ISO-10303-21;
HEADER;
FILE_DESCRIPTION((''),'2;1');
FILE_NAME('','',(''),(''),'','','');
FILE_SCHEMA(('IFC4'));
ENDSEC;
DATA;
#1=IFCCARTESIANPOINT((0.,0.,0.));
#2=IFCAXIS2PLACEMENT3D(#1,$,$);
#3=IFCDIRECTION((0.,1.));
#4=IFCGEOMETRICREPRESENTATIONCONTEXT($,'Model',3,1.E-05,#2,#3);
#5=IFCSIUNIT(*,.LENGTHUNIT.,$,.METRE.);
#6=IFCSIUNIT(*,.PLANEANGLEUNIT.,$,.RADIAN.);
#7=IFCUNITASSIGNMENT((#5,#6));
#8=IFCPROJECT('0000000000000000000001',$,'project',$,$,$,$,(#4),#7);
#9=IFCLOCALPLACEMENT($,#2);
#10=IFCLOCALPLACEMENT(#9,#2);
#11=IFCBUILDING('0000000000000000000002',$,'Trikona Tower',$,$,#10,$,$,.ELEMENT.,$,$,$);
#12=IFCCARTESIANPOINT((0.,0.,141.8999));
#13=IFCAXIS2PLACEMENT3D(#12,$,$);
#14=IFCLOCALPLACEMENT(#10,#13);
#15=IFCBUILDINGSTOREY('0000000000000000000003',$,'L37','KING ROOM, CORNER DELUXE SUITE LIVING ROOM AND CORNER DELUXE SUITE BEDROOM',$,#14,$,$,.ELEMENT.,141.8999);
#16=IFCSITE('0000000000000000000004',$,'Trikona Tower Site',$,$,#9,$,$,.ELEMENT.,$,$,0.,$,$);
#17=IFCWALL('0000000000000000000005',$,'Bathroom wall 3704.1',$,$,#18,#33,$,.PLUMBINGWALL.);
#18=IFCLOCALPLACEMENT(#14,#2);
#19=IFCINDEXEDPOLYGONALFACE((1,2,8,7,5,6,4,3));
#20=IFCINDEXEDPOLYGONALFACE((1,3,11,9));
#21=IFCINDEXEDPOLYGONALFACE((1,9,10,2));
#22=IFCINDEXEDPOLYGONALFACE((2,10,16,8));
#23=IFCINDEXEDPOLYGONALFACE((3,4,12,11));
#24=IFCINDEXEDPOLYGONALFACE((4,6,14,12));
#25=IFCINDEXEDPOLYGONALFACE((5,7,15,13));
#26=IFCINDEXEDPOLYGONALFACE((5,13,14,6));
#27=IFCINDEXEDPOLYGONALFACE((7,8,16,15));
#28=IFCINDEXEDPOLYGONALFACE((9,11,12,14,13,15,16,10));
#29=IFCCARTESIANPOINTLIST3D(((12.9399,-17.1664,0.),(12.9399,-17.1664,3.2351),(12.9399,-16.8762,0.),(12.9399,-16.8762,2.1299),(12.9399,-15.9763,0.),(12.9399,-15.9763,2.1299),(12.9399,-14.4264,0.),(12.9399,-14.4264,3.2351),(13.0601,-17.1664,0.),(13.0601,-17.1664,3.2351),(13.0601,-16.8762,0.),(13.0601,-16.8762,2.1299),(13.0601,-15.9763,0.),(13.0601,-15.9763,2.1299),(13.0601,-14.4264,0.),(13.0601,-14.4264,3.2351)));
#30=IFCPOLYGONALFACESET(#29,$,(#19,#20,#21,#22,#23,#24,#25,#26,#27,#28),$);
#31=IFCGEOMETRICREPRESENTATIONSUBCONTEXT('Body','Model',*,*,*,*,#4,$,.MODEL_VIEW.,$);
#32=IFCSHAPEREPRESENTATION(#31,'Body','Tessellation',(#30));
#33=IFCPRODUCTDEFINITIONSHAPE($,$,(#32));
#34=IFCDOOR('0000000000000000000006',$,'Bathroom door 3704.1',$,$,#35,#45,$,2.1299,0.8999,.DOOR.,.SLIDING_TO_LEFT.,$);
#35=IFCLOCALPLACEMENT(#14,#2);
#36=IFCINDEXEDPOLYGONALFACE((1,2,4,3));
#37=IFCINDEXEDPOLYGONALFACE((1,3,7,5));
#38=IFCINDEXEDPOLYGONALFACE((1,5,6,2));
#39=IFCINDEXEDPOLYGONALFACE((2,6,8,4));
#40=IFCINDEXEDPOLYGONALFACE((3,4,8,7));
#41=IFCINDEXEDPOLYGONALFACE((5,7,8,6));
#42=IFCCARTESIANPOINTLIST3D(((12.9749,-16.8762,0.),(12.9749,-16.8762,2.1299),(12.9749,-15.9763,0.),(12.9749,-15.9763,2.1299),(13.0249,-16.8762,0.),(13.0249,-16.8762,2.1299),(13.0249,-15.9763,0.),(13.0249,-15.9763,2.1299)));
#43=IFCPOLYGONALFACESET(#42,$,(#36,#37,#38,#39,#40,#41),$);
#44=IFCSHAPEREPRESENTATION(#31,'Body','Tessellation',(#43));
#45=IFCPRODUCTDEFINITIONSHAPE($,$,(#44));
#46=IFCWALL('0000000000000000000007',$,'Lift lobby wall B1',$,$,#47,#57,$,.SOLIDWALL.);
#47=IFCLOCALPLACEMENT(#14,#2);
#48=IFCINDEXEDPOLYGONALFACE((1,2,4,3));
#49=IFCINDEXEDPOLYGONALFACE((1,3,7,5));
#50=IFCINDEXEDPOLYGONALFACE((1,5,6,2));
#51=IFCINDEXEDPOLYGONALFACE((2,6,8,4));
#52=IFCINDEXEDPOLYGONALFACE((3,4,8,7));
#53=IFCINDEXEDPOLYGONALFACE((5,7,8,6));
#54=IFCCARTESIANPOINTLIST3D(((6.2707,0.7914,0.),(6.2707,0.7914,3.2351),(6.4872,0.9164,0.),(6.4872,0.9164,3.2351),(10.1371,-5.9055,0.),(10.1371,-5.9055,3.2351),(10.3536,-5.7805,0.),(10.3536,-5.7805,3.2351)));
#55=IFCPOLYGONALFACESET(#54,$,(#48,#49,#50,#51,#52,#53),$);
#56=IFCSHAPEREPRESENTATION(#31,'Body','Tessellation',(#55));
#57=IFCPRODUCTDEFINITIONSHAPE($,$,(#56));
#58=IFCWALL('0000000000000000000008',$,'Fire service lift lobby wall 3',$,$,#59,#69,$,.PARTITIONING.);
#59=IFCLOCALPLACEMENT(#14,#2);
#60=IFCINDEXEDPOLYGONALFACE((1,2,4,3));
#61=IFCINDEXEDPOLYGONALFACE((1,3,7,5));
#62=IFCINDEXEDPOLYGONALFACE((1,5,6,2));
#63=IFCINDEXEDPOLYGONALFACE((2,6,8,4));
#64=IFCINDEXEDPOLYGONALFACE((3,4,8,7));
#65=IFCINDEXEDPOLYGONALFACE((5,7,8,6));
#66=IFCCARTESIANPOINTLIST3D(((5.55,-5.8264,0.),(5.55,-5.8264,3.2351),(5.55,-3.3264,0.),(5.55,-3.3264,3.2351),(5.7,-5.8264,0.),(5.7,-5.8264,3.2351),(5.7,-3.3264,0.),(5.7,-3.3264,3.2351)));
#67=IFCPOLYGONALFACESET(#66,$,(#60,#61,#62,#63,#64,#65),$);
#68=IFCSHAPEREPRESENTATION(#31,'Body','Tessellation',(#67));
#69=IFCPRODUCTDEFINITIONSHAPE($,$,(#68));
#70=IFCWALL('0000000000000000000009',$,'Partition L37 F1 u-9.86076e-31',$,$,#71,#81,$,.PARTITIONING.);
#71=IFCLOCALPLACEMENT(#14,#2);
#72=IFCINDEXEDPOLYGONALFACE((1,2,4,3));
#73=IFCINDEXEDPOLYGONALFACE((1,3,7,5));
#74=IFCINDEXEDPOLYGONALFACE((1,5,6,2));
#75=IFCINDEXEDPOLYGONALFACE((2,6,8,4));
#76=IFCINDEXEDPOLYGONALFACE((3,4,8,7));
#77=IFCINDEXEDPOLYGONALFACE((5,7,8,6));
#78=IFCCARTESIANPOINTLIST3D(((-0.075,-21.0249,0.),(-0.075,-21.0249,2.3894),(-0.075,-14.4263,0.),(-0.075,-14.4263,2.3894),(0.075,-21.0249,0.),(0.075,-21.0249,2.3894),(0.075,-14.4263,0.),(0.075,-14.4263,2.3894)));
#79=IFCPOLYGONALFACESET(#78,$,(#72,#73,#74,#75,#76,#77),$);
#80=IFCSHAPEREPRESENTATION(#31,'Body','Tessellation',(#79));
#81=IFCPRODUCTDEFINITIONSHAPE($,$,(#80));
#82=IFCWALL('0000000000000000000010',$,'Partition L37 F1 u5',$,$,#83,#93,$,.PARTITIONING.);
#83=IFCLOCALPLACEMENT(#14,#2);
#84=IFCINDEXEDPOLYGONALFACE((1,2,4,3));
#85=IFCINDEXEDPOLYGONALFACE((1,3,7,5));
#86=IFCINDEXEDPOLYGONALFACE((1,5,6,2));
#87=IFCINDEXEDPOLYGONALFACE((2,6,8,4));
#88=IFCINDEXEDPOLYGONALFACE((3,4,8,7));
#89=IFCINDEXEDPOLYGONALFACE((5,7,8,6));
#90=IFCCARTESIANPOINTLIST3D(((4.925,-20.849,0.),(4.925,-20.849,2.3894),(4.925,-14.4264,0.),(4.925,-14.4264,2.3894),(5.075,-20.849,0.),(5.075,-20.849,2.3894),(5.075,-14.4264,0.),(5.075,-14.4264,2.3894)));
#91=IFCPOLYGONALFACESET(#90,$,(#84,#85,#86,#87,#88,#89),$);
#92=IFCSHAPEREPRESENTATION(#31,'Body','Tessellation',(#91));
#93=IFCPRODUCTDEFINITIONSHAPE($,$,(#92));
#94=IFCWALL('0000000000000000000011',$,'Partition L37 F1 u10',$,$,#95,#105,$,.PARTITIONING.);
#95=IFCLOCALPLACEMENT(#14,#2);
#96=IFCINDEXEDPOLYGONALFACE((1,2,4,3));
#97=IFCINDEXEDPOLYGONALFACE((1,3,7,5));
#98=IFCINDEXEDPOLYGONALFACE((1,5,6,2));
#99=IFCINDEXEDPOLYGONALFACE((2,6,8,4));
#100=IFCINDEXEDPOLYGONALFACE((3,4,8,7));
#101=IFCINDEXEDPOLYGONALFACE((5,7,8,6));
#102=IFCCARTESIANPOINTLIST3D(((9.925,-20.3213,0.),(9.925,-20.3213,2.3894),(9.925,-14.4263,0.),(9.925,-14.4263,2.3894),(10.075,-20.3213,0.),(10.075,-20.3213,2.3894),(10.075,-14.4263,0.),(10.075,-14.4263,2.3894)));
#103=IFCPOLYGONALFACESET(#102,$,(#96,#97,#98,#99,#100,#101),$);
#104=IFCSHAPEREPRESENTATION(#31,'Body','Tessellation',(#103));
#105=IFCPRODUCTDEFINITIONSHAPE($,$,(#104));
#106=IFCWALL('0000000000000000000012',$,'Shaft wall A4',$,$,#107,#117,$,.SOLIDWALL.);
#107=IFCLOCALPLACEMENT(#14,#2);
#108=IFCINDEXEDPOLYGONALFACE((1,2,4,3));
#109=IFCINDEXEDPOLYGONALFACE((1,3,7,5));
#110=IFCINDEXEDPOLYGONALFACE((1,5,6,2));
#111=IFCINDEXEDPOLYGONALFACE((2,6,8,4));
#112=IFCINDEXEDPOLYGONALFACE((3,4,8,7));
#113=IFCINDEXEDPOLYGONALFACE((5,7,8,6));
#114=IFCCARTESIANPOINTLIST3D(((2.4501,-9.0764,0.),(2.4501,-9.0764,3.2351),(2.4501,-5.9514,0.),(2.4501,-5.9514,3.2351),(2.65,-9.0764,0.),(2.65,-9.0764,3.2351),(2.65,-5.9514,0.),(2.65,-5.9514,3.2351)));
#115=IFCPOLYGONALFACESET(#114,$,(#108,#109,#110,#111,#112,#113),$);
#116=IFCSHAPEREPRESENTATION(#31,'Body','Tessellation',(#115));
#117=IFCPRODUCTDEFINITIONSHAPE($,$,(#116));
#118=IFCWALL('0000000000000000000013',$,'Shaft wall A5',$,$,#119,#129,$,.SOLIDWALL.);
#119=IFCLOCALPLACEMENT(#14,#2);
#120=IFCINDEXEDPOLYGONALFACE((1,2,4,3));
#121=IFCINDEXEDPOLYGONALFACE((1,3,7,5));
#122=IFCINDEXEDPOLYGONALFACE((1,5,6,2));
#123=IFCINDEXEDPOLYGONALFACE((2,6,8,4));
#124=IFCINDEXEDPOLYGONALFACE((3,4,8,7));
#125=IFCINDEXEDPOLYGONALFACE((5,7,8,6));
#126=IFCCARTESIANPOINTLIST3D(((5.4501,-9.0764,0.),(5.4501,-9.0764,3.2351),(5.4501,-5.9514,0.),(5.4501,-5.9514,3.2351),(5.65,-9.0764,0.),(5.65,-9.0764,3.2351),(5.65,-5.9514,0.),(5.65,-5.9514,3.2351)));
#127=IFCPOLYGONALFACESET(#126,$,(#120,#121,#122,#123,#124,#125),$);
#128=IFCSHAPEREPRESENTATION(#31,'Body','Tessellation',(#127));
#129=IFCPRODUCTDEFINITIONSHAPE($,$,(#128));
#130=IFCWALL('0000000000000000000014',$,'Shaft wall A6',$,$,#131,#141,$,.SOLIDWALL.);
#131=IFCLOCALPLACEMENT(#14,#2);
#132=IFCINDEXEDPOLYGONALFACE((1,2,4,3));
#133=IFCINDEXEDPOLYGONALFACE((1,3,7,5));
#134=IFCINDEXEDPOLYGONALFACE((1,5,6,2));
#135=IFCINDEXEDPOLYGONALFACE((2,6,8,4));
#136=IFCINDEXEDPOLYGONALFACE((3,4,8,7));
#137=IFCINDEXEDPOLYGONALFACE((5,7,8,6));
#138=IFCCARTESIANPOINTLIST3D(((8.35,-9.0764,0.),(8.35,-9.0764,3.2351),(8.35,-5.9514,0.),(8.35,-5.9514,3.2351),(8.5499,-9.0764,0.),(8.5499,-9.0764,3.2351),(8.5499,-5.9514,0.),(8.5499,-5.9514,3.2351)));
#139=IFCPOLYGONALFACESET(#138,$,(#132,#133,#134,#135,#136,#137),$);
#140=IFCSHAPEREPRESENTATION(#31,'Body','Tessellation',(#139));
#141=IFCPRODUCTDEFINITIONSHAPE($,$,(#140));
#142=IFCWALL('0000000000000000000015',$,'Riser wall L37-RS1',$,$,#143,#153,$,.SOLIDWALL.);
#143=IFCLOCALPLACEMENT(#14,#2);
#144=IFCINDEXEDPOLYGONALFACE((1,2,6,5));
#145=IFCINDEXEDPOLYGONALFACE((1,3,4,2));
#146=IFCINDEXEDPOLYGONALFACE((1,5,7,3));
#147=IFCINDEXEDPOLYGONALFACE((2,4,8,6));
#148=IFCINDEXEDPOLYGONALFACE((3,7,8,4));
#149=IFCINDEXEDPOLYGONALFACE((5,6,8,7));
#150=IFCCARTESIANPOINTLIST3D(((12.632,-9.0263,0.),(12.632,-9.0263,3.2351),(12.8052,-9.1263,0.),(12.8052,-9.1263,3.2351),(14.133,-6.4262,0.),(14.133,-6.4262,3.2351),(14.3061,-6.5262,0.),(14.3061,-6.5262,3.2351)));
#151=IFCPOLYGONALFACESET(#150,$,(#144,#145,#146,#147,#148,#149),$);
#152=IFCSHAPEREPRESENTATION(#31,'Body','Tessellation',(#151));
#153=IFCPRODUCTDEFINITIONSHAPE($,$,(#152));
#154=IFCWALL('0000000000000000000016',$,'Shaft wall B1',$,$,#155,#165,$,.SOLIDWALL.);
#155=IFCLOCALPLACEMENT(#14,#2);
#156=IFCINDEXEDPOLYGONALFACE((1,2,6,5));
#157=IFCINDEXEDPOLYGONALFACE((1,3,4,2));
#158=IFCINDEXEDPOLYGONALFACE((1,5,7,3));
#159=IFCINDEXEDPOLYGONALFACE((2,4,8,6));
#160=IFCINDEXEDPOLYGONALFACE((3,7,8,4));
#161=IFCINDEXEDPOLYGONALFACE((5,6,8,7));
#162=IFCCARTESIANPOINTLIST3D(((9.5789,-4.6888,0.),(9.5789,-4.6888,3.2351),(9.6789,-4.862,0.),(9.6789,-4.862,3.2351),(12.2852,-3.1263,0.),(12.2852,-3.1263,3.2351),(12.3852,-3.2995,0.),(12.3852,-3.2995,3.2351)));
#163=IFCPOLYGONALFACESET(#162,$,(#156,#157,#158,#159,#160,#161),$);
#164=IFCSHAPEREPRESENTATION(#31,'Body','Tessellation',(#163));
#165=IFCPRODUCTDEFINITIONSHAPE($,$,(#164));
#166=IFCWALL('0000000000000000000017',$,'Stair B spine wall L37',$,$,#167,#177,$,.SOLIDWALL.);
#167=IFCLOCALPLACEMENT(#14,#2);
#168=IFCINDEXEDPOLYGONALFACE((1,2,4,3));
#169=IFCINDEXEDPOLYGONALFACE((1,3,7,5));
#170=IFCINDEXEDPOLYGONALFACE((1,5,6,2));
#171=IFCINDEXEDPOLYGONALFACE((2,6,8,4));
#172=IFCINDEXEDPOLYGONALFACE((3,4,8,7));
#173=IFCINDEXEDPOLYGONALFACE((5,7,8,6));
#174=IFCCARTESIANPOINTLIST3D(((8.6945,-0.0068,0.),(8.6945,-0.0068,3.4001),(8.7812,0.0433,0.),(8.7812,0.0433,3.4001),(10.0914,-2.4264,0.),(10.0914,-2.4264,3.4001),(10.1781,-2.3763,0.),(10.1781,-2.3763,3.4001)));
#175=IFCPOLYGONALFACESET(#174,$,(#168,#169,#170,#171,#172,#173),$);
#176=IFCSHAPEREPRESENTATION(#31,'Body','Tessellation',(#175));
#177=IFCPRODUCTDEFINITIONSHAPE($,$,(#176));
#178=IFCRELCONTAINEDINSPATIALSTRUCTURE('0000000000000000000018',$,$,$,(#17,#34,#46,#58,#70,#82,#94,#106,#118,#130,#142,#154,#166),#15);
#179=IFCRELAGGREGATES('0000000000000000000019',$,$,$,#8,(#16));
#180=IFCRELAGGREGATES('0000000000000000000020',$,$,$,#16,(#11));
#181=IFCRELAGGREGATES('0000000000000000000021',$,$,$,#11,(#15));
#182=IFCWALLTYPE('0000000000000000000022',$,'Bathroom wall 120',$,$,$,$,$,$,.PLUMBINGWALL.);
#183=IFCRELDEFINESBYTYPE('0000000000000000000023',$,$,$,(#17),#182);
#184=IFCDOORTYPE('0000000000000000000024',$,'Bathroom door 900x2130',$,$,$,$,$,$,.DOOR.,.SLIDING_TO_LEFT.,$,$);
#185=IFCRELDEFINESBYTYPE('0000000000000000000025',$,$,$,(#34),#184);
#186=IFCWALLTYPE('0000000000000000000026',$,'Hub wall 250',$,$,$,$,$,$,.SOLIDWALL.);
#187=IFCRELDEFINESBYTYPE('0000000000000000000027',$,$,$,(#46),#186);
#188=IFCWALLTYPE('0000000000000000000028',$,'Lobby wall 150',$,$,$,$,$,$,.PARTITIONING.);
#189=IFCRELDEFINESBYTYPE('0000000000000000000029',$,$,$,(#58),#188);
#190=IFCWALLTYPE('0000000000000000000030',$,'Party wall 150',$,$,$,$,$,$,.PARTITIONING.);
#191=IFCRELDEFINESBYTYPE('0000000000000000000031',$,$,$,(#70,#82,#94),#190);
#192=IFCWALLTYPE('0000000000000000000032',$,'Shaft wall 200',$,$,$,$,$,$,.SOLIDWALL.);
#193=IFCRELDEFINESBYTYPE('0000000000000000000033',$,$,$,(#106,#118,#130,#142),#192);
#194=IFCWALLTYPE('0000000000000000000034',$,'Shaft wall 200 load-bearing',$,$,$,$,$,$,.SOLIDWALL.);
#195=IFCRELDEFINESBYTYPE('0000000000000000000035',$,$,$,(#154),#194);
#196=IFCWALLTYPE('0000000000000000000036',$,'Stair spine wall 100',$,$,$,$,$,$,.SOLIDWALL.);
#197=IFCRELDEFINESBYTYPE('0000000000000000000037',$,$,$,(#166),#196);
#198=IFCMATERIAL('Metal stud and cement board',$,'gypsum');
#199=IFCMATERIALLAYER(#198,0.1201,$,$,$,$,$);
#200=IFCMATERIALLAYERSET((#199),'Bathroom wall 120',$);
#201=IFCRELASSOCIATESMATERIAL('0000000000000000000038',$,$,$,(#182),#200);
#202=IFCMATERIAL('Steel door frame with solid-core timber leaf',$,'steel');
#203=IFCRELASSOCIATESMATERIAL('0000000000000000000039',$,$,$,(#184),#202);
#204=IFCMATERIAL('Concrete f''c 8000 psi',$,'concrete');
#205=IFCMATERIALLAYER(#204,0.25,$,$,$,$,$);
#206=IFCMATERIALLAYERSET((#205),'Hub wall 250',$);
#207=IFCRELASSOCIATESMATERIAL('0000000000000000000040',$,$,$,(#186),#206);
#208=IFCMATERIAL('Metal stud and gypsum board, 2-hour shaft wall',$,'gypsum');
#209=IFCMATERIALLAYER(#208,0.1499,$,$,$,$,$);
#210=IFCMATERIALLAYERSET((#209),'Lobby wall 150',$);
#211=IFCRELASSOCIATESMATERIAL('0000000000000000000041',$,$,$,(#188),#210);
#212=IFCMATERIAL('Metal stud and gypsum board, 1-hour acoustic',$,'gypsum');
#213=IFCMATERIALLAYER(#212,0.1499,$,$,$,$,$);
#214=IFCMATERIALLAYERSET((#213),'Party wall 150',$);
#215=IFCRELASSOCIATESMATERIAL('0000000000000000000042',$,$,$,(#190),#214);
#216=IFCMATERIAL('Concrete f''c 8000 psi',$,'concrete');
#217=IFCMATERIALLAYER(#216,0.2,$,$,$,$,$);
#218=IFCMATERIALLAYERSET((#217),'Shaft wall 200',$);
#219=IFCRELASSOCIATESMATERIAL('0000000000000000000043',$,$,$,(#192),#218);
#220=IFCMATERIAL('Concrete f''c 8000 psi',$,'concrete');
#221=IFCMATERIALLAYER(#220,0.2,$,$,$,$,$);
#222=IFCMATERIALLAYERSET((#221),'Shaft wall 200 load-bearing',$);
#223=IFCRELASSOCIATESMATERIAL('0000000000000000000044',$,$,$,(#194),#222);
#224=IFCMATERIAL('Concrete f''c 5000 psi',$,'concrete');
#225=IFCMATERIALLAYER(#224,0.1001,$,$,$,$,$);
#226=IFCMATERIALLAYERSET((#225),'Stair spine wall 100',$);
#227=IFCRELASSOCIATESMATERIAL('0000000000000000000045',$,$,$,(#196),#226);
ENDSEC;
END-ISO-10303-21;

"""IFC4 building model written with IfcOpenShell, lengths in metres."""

from ifc_helpers import new_model, si_unit, direction, frame, frame_2d, origin, place, context, subcontext, project, spatial, rectangle, extrude, material, layer, layer_set, type_object, element, fill, save


model = new_model("IFC4")

# Units and contexts
model_context = context("Model", 3, precision=1e-05, world=origin(), true_north=direction((0.0, 1.0)))
body_context = subcontext(model_context, "Body", "Model", "MODEL_VIEW")
ifc_project = project(units=[si_unit("LENGTHUNIT", "METRE"), si_unit("PLANEANGLEUNIT", "RADIAN")], contexts=[model_context])

# Site, building, storey
site_placement = place(None, origin())
site = spatial("IfcSite", under=ifc_project, at=site_placement, Name="Trikona Tower Site", CompositionType="ELEMENT", RefElevation=0.0)
building_placement = place(site_placement, origin())
building = spatial("IfcBuilding", under=site, at=building_placement, Name="Trikona Tower", CompositionType="ELEMENT")
storey_placement = place(building_placement, frame((0.0, 0.0, 141.8999)))
storey = spatial("IfcBuildingStorey", under=building, at=storey_placement, Name="L37", Description="KING ROOM, CORNER DELUXE SUITE LIVING ROOM AND CORNER DELUXE SUITE BEDROOM", CompositionType="ELEMENT", Elevation=141.8999)

# Shared definitions
ifc_material_1 = material(Name="Metal stud and cement board", Category="gypsum")
ifc_layer_1 = layer(ifc_material_1, 0.1201)
ifc_layer_set_1 = layer_set([ifc_layer_1], Name="Bathroom wall 120")
wall_type_1 = type_object("IfcWallType", Name="Bathroom wall 120", PredefinedType="PLUMBINGWALL", material=ifc_layer_set_1)

# Shared definitions
ifc_material_2 = material(Name="Steel door frame with solid-core timber leaf", Category="steel")
door_type = type_object("IfcDoorType", Name="Bathroom door 900x2130", OperationType="SLIDING_TO_LEFT", PredefinedType="DOOR", material=ifc_material_2)

# Wall, opening, door
wall_1_placement = place(storey_placement, frame((13.0, -14.4263, 0.0), z_axis=(0.0, 0.0, 1.0), x_axis=(0.0, -1.0, 0.0)))
wall_1 = element("IfcWall", 1, at=wall_1_placement, inside=storey, type_object=wall_type_1, Name="Bathroom wall 3704.1", PredefinedType="PLUMBINGWALL", context=body_context, shape_type="SweptSolid", body=[
    extrude(rectangle(XDim=2.74, YDim=0.1201, at=frame_2d((1.3701, 0.0))), origin(), (0.0, 0.0, 1.0), 3.2351),
])
opening_1_placement = place(wall_1_placement, frame((1.55, 0.0, 0.0)))
opening_1 = element("IfcOpeningElement", 2, at=opening_1_placement, cuts=wall_1, PredefinedType="OPENING", context=body_context, shape_type="SweptSolid", body=[
    extrude(rectangle(XDim=0.8999, YDim=2.1299, at=frame_2d((0.45, 1.0649))), frame((0.0, 0.0701, 0.0), z_axis=(0.0, -1.0, 0.0), x_axis=(1.0, 0.0, 0.0)), (0.0, 0.0, 1.0), 0.1401),
])
door_1_placement = place(opening_1_placement, origin())
door_1 = element("IfcDoor", 3, at=door_1_placement, inside=storey, type_object=door_type, Name="Bathroom door 3704.1", OperationType="SLIDING_TO_LEFT", OverallHeight=2.1299, OverallWidth=0.8999, PredefinedType="DOOR", context=body_context, shape_type="SweptSolid", body=[
    extrude(rectangle(XDim=0.8999, YDim=2.1299, at=frame_2d((0.45, 1.0649))), frame((0.0, 0.0249, 0.0), z_axis=(0.0, -1.0, 0.0), x_axis=(1.0, 0.0, 0.0)), (0.0, 0.0, 1.0), 0.05),
])
fill(opening_1, door_1)

# Walls
ifc_material_3 = material(Name="Concrete f'c 8000 psi", Category="concrete")
ifc_layer_2 = layer(ifc_material_3, 0.25)
ifc_layer_set_2 = layer_set([ifc_layer_2], Name="Hub wall 250")
wall_type_2 = type_object("IfcWallType", Name="Hub wall 250", PredefinedType="SOLIDWALL", material=ifc_layer_set_2)
wall_2_placement = place(storey_placement, frame((10.2454, -5.843, 0.0), z_axis=(0.0, 0.0, 1.0), x_axis=(-0.499993, 0.866029, 0.0)))
element("IfcWall", 4, at=wall_2_placement, inside=storey, type_object=wall_type_2, Name="Lift lobby wall B1", PredefinedType="SOLIDWALL", context=body_context, shape_type="SweptSolid", body=[
    extrude(rectangle(XDim=7.7329, YDim=0.25, at=frame_2d((3.8665, 0.0))), origin(), (0.0, 0.0, 1.0), 3.2351),
])
ifc_material_4 = material(Name="Metal stud and gypsum board, 2-hour shaft wall", Category="gypsum")
ifc_layer_3 = layer(ifc_material_4, 0.1499)
ifc_layer_set_3 = layer_set([ifc_layer_3], Name="Lobby wall 150")
wall_type_3 = type_object("IfcWallType", Name="Lobby wall 150", PredefinedType="PARTITIONING", material=ifc_layer_set_3)
wall_3_placement = place(storey_placement, frame((5.625, -5.8264, 0.0), z_axis=(0.0, 0.0, 1.0), x_axis=(0.0, 1.0, 0.0)))
element("IfcWall", 5, at=wall_3_placement, inside=storey, type_object=wall_type_3, Name="Fire service lift lobby wall 3", PredefinedType="PARTITIONING", context=body_context, shape_type="SweptSolid", body=[
    extrude(rectangle(XDim=2.5, YDim=0.1499, at=frame_2d((1.25, 0.0))), origin(), (0.0, 0.0, 1.0), 3.2351),
])
ifc_material_5 = material(Name="Metal stud and gypsum board, 1-hour acoustic", Category="gypsum")
ifc_layer_4 = layer(ifc_material_5, 0.1499)
ifc_layer_set_4 = layer_set([ifc_layer_4], Name="Party wall 150")
wall_type_4 = type_object("IfcWallType", Name="Party wall 150", PredefinedType="PARTITIONING", material=ifc_layer_set_4)
wall_4_placement = place(storey_placement, frame((0.0, -14.4263, 0.0), z_axis=(0.0, 0.0, 1.0), x_axis=(0.0, -1.0, 0.0)))
element("IfcWall", 6, at=wall_4_placement, inside=storey, type_object=wall_type_4, Name="Partition L37 F1 u-9.86076e-31", PredefinedType="PARTITIONING", context=body_context, shape_type="SweptSolid", body=[
    extrude(rectangle(XDim=6.5986, YDim=0.1499, at=frame_2d((3.2993, 0.0))), origin(), (0.0, 0.0, 1.0), 2.3894),
])
wall_5_placement = place(storey_placement, frame((5.0, -14.4263, 0.0), z_axis=(0.0, 0.0, 1.0), x_axis=(0.0, -1.0, 0.0)))
element("IfcWall", 7, at=wall_5_placement, inside=storey, type_object=wall_type_4, Name="Partition L37 F1 u5", PredefinedType="PARTITIONING", context=body_context, shape_type="SweptSolid", body=[
    extrude(rectangle(XDim=6.4226, YDim=0.1499, at=frame_2d((3.2114, 0.0))), origin(), (0.0, 0.0, 1.0), 2.3894),
])
wall_6_placement = place(storey_placement, frame((10.0, -14.4263, 0.0), z_axis=(0.0, 0.0, 1.0), x_axis=(0.0, -1.0, 0.0)))
element("IfcWall", 8, at=wall_6_placement, inside=storey, type_object=wall_type_4, Name="Partition L37 F1 u10", PredefinedType="PARTITIONING", context=body_context, shape_type="SweptSolid", body=[
    extrude(rectangle(XDim=5.895, YDim=0.1499, at=frame_2d((2.9475, 0.0))), origin(), (0.0, 0.0, 1.0), 2.3894),
])
ifc_material_6 = material(Name="Concrete f'c 8000 psi", Category="concrete")
ifc_layer_5 = layer(ifc_material_6, 0.2)
ifc_layer_set_5 = layer_set([ifc_layer_5], Name="Shaft wall 200")
wall_type_5 = type_object("IfcWallType", Name="Shaft wall 200", PredefinedType="SOLIDWALL", material=ifc_layer_set_5)
for number, where, z_axis, x_axis, name in (
    (9, (2.55, -5.9514, 0.0), (0.0, 0.0, 1.0), (0.0, -1.0, 0.0), "Shaft wall A4"),
    (10, (5.55, -5.9514, 0.0), (0.0, 0.0, 1.0), (0.0, -1.0, 0.0), "Shaft wall A5"),
    (11, (8.45, -5.9514, 0.0), (0.0, 0.0, 1.0), (0.0, -1.0, 0.0), "Shaft wall A6"),
):
    element("IfcWall", number, at=place(storey_placement, frame(where, z_axis=z_axis, x_axis=x_axis)), inside=storey, type_object=wall_type_5, Name=name, PredefinedType="SOLIDWALL", context=body_context, shape_type="SweptSolid", body=[
        extrude(rectangle(XDim=3.125, YDim=0.2, at=frame_2d((1.5625, 0.0))), origin(), (0.0, 0.0, 1.0), 3.2351),
    ])
wall_7_placement = place(storey_placement, frame((14.2195, -6.4763, 0.0), z_axis=(0.0, 0.0, 1.0), x_axis=(-0.499952, -0.866053, 0.0)))
element("IfcWall", 12, at=wall_7_placement, inside=storey, type_object=wall_type_5, Name="Riser wall L37-RS1", PredefinedType="SOLIDWALL", context=body_context, shape_type="SweptSolid", body=[
    extrude(rectangle(XDim=3.0022, YDim=0.2, at=frame_2d((1.501, 0.0))), origin(), (0.0, 0.0, 1.0), 3.2351),
])
ifc_material_7 = material(Name="Concrete f'c 8000 psi", Category="concrete")
ifc_layer_6 = layer(ifc_material_7, 0.2)
ifc_layer_set_6 = layer_set([ifc_layer_6], Name="Shaft wall 200 load-bearing")
wall_type_6 = type_object("IfcWallType", Name="Shaft wall 200 load-bearing", PredefinedType="SOLIDWALL", material=ifc_layer_set_6)
wall_8_placement = place(storey_placement, frame((9.6289, -4.7754, 0.0), z_axis=(0.0, 0.0, 1.0), x_axis=(0.866023, 0.500004, 0.0)))
element("IfcWall", 13, at=wall_8_placement, inside=storey, type_object=wall_type_6, Name="Shaft wall B1", PredefinedType="SOLIDWALL", context=body_context, shape_type="SweptSolid", body=[
    extrude(rectangle(XDim=3.125, YDim=0.2, at=frame_2d((1.5625, 0.0))), origin(), (0.0, 0.0, 1.0), 3.2351),
])
ifc_material_8 = material(Name="Concrete f'c 5000 psi", Category="concrete")
ifc_layer_7 = layer(ifc_material_8, 0.1001)
ifc_layer_set_7 = layer_set([ifc_layer_7], Name="Stair spine wall 100")
wall_type_7 = type_object("IfcWallType", Name="Stair spine wall 100", PredefinedType="SOLIDWALL", material=ifc_layer_set_7)
wall_9_placement = place(storey_placement, frame((10.1348, -2.4014, 0.0), z_axis=(0.0, 0.0, 1.0), x_axis=(-0.499992, 0.86603, 0.0)))
element("IfcWall", 14, at=wall_9_placement, inside=storey, type_object=wall_type_7, Name="Stair B spine wall L37", PredefinedType="SOLIDWALL", context=body_context, shape_type="SweptSolid", body=[
    extrude(rectangle(XDim=2.7939, YDim=0.1001, at=frame_2d((1.397, 0.0))), origin(), (0.0, 0.0, 1.0), 3.4001),
])

save(model, "model.ifc")
